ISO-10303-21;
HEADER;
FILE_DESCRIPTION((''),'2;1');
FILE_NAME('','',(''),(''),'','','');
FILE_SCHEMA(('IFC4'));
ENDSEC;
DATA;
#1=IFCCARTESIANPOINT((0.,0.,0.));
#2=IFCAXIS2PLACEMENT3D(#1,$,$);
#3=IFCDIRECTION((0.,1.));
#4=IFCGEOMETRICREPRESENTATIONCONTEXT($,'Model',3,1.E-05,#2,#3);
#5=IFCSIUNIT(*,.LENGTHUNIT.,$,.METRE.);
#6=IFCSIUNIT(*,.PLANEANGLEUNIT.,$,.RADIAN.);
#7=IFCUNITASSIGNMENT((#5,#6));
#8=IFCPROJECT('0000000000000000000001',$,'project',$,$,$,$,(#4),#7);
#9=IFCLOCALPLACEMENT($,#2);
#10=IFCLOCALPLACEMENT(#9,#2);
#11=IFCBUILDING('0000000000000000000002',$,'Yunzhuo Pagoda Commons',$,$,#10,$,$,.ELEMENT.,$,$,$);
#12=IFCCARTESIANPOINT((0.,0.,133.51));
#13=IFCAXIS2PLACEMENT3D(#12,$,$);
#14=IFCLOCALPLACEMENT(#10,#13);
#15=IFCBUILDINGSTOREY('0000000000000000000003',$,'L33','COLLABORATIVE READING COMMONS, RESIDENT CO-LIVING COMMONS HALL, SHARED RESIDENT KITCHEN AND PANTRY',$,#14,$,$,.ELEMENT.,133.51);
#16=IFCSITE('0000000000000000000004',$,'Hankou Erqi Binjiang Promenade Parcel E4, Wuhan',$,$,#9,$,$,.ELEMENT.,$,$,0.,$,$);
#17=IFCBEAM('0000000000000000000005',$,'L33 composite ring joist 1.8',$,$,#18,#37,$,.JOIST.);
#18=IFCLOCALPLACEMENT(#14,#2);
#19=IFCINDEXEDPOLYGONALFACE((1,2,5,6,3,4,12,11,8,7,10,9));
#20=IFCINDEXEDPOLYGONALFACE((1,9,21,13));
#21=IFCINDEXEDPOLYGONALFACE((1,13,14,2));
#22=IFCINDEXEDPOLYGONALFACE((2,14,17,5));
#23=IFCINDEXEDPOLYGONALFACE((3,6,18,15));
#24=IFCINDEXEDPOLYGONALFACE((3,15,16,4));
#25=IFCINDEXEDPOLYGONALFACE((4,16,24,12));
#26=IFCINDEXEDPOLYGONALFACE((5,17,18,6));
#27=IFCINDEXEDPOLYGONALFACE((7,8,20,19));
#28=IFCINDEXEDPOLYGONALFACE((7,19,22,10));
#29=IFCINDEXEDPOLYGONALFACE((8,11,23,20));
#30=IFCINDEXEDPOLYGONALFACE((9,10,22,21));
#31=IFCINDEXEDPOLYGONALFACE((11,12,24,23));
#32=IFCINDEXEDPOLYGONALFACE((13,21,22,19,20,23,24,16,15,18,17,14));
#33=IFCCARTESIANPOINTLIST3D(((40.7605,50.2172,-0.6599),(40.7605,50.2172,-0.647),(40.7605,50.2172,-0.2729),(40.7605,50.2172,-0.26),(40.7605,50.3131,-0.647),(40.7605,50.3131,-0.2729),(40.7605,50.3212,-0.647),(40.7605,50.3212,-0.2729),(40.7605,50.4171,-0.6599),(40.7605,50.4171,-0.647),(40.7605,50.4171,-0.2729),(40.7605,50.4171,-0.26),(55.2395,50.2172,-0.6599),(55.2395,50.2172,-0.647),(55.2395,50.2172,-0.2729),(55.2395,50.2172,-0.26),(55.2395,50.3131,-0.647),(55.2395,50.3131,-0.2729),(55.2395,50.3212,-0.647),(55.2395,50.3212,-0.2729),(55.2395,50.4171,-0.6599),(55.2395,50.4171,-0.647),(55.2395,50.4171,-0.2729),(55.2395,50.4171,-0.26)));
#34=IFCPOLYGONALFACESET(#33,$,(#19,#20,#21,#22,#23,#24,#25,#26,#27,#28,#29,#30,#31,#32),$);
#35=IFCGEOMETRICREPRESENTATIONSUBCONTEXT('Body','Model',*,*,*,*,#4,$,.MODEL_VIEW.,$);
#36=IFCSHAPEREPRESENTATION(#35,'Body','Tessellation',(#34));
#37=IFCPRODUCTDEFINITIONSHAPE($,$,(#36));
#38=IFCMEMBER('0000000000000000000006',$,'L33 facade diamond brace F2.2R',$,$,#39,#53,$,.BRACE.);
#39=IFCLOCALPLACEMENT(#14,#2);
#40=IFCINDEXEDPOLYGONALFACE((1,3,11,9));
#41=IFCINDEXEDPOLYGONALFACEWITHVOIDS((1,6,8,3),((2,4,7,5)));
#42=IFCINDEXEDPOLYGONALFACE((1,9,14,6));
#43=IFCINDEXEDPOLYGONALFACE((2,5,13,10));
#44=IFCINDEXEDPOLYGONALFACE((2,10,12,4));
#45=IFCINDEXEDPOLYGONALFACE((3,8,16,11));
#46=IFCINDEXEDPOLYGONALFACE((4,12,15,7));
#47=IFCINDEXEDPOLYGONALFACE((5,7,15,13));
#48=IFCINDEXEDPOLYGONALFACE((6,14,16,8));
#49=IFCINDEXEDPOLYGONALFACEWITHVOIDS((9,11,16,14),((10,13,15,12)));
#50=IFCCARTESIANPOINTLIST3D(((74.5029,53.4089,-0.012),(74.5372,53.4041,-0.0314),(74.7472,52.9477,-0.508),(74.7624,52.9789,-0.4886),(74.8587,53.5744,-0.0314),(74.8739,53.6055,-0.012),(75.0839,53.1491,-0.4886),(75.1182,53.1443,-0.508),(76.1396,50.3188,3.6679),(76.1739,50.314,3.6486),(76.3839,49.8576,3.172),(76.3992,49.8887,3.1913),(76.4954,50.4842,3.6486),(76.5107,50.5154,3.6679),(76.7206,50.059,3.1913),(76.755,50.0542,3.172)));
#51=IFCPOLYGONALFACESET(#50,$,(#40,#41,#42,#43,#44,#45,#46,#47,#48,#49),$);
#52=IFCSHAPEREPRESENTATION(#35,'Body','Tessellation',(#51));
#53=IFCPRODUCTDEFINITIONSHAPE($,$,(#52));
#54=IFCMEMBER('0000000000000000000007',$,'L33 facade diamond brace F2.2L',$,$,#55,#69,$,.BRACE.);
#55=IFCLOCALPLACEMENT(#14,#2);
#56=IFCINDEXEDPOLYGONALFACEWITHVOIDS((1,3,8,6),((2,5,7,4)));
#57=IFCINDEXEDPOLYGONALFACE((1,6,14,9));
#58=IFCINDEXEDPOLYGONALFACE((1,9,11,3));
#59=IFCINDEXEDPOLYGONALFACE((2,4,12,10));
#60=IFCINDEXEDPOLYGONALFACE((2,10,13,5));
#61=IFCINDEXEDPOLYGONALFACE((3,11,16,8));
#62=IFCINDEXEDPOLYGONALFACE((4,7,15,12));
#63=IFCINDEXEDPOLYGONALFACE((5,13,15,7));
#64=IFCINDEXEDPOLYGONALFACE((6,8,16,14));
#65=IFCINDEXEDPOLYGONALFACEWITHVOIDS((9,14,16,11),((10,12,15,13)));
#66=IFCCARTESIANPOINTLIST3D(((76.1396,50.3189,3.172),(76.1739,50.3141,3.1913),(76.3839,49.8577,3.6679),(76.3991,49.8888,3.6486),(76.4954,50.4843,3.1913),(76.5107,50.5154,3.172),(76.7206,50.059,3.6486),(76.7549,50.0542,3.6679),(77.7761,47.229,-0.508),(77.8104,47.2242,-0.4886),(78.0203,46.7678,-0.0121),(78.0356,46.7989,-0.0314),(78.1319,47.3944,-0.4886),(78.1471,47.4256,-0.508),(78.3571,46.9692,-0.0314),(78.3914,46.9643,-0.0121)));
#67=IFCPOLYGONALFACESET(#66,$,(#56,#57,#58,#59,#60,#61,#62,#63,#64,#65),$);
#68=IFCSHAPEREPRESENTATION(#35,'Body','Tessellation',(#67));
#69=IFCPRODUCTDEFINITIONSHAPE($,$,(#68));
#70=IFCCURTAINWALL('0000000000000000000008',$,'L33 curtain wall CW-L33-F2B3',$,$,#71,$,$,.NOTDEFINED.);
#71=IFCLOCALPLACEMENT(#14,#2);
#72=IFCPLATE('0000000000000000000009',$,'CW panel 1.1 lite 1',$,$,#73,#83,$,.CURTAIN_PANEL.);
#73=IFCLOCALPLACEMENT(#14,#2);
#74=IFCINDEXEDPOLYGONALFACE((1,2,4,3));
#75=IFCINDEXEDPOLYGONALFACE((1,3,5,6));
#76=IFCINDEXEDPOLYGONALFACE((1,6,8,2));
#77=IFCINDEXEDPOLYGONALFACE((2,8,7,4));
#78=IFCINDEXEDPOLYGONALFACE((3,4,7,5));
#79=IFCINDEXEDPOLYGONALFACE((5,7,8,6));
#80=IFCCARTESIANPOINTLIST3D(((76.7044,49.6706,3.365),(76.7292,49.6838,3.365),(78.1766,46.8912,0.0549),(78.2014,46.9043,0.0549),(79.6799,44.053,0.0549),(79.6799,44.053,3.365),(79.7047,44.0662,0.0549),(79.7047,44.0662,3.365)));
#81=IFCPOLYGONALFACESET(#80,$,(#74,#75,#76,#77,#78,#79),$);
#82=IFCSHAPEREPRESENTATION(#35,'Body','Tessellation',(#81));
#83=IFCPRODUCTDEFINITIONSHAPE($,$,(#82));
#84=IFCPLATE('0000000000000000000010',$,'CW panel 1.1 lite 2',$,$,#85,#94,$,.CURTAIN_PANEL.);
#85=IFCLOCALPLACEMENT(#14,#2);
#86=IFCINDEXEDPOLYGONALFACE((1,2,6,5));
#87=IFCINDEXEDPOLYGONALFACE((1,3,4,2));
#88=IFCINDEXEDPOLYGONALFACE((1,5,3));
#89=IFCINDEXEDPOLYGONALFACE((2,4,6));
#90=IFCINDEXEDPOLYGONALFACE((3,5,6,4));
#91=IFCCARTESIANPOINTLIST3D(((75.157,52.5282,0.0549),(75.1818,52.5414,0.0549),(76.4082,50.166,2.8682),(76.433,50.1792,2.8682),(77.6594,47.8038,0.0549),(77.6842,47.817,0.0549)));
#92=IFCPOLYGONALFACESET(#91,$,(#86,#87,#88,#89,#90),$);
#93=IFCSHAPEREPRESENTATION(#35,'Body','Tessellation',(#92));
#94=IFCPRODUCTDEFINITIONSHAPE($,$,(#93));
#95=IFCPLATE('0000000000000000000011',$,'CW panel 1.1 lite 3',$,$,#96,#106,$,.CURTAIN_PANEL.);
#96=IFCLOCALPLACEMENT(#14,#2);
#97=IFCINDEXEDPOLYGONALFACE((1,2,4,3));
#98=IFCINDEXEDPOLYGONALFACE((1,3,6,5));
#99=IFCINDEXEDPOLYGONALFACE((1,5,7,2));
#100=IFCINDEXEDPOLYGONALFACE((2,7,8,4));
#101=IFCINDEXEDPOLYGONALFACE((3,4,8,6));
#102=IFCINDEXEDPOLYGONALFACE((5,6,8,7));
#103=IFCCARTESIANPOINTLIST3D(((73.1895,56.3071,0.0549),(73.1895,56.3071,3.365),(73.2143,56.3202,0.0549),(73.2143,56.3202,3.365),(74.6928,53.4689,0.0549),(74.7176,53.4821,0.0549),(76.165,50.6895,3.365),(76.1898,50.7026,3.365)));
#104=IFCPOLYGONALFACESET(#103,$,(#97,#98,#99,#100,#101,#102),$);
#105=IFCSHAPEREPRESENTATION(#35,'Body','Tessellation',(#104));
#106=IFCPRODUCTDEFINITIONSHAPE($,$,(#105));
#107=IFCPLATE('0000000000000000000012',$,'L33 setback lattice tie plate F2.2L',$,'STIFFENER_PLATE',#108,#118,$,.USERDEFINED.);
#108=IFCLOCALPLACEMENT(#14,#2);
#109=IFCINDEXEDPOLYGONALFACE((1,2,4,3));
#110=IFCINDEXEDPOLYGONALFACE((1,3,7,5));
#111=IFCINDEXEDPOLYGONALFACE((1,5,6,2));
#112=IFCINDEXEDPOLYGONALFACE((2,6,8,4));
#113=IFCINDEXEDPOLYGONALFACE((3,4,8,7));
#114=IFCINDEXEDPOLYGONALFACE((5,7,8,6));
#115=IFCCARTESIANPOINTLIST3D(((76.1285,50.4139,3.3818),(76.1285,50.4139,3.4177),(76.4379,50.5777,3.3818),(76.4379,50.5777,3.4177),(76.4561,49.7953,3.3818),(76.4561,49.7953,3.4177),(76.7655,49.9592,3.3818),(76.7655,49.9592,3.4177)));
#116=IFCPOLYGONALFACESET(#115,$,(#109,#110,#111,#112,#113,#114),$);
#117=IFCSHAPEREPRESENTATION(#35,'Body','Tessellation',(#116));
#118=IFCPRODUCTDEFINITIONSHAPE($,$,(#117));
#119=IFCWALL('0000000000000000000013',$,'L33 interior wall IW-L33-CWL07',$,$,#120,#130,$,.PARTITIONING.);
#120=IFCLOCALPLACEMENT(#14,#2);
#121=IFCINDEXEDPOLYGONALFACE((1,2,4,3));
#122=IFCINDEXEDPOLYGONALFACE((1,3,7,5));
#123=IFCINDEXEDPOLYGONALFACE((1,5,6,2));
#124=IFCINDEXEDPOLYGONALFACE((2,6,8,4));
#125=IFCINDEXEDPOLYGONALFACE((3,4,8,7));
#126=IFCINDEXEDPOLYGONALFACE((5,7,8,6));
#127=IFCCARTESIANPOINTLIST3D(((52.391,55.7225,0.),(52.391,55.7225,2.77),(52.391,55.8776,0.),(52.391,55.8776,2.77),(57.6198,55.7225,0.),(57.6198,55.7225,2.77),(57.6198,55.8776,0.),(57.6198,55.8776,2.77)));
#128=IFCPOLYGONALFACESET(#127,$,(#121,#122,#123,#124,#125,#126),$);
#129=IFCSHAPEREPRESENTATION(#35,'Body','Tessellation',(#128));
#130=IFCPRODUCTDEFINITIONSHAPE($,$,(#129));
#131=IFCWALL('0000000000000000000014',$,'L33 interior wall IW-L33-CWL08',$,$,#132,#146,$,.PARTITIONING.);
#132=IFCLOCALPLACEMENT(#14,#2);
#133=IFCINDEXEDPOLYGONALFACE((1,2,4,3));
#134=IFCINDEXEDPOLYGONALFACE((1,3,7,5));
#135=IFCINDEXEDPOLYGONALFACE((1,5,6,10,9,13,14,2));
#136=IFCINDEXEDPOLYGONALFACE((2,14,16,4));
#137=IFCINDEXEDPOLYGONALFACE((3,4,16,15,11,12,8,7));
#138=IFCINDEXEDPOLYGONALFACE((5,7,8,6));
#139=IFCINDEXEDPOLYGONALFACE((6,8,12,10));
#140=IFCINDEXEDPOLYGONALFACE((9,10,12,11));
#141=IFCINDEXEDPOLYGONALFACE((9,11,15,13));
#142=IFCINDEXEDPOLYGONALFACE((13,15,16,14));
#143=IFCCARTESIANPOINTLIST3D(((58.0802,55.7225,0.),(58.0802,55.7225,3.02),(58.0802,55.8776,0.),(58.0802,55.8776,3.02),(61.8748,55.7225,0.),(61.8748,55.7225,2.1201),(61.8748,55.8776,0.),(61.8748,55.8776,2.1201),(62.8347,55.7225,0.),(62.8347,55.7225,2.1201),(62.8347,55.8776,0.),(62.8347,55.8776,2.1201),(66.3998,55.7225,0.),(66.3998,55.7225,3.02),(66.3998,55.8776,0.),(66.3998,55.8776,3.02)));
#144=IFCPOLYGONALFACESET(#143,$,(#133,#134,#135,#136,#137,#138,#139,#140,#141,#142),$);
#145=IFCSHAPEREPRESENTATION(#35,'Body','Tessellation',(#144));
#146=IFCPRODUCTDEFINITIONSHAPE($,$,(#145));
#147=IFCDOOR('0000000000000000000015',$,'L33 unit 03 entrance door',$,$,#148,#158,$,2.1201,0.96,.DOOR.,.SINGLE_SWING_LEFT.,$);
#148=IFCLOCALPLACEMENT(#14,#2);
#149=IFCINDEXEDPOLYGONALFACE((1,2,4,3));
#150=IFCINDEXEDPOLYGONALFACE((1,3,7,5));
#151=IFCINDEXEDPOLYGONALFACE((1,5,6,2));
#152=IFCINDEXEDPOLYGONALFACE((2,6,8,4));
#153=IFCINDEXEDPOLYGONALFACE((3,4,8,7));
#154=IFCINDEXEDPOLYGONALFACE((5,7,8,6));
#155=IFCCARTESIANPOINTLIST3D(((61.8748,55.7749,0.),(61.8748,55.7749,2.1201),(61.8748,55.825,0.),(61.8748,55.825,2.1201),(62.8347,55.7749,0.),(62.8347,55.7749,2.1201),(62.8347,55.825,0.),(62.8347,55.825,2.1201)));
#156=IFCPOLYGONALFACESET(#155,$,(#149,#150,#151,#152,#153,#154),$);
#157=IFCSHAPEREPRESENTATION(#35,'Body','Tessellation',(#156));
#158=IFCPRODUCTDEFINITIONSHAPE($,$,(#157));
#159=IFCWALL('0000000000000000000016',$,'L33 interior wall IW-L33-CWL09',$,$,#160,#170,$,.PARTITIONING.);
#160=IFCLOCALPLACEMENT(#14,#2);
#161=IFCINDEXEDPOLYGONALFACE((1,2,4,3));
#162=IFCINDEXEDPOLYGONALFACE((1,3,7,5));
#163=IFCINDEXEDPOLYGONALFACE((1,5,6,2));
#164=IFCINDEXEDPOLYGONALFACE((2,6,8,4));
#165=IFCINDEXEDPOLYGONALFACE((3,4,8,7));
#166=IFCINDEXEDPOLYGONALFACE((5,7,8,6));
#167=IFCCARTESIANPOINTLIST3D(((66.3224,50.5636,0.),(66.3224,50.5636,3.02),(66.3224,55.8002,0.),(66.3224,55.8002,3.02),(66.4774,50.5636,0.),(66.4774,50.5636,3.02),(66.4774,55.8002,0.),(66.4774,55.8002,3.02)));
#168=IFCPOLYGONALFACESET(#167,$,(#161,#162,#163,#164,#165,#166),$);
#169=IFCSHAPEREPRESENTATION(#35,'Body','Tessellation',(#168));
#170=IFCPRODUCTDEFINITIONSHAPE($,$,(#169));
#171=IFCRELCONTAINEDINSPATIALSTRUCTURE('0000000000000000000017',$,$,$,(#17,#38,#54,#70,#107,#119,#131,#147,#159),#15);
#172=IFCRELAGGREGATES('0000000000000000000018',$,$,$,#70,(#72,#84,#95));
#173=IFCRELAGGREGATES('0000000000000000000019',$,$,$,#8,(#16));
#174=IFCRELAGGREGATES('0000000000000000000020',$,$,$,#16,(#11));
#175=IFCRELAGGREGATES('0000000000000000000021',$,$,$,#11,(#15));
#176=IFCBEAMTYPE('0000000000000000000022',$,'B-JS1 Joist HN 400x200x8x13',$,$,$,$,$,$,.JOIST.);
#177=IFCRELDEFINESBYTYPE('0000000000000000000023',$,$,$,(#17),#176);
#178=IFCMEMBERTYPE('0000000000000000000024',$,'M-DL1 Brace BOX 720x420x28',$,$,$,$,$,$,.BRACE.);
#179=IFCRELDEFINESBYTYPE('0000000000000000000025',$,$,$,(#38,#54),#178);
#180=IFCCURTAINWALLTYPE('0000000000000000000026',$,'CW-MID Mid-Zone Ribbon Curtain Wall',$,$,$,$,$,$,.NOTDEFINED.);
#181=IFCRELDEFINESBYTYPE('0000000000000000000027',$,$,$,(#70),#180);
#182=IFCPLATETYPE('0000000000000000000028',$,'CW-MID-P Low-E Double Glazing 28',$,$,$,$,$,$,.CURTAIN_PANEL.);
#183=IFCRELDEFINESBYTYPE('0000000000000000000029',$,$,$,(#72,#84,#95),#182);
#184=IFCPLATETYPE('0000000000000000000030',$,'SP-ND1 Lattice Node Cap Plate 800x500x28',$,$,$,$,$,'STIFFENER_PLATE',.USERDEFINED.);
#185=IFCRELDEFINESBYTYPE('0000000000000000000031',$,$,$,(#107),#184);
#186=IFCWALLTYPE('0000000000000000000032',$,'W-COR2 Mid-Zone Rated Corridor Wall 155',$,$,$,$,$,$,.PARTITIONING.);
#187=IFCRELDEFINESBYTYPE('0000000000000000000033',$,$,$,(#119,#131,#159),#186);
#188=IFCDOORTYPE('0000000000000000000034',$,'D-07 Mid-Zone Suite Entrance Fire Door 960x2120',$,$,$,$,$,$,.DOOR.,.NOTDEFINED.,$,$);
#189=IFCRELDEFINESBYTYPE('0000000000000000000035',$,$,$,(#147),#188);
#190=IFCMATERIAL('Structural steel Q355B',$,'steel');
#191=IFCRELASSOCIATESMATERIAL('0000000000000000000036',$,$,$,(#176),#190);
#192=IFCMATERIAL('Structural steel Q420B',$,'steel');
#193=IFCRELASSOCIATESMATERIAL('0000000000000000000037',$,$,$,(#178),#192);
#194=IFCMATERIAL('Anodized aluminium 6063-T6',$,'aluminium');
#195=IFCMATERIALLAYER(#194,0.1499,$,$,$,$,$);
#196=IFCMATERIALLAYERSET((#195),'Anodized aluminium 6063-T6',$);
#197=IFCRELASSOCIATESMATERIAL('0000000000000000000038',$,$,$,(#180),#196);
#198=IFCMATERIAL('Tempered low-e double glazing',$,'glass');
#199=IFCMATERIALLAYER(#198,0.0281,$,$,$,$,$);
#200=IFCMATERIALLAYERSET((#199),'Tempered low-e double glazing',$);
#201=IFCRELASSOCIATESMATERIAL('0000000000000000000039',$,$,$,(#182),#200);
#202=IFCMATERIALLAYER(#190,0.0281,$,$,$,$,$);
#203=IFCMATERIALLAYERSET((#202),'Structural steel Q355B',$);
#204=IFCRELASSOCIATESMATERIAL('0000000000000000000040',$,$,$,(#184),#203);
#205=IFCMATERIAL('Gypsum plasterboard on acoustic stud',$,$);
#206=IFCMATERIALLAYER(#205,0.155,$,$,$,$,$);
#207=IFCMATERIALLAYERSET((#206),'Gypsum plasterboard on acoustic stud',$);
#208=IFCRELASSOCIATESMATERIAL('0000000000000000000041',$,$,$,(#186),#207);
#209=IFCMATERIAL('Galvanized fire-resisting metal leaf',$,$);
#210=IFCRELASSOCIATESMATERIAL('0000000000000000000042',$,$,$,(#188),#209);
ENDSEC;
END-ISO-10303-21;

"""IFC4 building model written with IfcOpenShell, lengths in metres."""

from ifc_helpers import new_model, si_unit, direction, frame, frame_2d, origin, origin_with_axes, origin_2d, place, context, subcontext, project, spatial, polyline, rectangle, hollow_rectangle, i_section, outline, extrude, source, transform, mapped, material, layer, layer_set, material_profile, profile_set, type_object, element, fill, aggregate, save


model = new_model("IFC4")

# Units and contexts
model_context = context("Model", 3, precision=1e-05, world=origin(), true_north=direction((0.0, 1.0)))
body_context = subcontext(model_context, "Body", "Model", "MODEL_VIEW")
ifc_project = project(units=[si_unit("LENGTHUNIT", "METRE"), si_unit("PLANEANGLEUNIT", "RADIAN")], contexts=[model_context])

# Site, building, storey
site_placement = place(None, origin())
site = spatial("IfcSite", under=ifc_project, at=site_placement, Name="Hankou Erqi Binjiang Promenade Parcel E4, Wuhan", CompositionType="ELEMENT", RefElevation=0.0)
building_placement = place(site_placement, origin())
building = spatial("IfcBuilding", under=site, at=building_placement, Name="Yunzhuo Pagoda Commons", CompositionType="ELEMENT")
storey_placement = place(building_placement, frame((0.0, 0.0, 133.51)))
storey = spatial("IfcBuildingStorey", under=building, at=storey_placement, Name="L33", Description="COLLABORATIVE READING COMMONS, RESIDENT CO-LIVING COMMONS HALL, SHARED RESIDENT KITCHEN AND PANTRY", CompositionType="ELEMENT", Elevation=133.51)

# Shared definitions
ifc_material_1 = material(Name="Structural steel Q420B", Category="steel")

# Beam
ifc_material_2 = material(Name="Structural steel Q355B", Category="steel")
ifc_material_profile_1 = material_profile(ifc_material_2, i_section(OverallWidth=0.2, OverallDepth=0.3999, WebThickness=0.0081, FlangeThickness=0.0129, at=origin_2d()), Name="Structural steel Q355B")
ifc_profile_set_1 = profile_set([ifc_material_profile_1], Name="Structural steel Q355B")
beam_type_1 = type_object("IfcBeamType", Name="B-JS1 Joist HN 400x200x8x13", PredefinedType="JOIST", material=ifc_profile_set_1)
shared_shape_1 = source(origin(), body_context, "Body", "SweptSolid", [
    extrude(i_section(OverallWidth=0.2, OverallDepth=0.3999, WebThickness=0.0081, FlangeThickness=0.0129, at=origin_2d()), origin(), (0.0, 0.0, 1.0), 14.479),
])
beam_1_placement = place(storey_placement, frame((55.2395, 50.3171, -0.46), z_axis=(-1.0, 0.0, 0.0), x_axis=(0.0, -1.0, 0.0)))
element("IfcBeam", 1, at=beam_1_placement, inside=storey, type_object=beam_type_1, Name="L33 composite ring joist 1.8", PredefinedType="JOIST", context=body_context, shape_type="MappedRepresentation", body=[
    mapped(shared_shape_1, transform((0.0, 0.0, 0.0), scale=1.0)),
])

# Members
ifc_material_profile_2 = material_profile(ifc_material_1, hollow_rectangle(XDim=0.4199, YDim=0.72, WallThickness=0.0281, at=origin_2d()), Name="Structural steel Q420B")
ifc_profile_set_2 = profile_set([ifc_material_profile_2], Name="Structural steel Q420B")
member_type = type_object("IfcMemberType", Name="M-DL1 Brace BOX 720x420x28", PredefinedType="BRACE", material=ifc_profile_set_2)
shared_shape_2 = source(origin(), body_context, "Body", "SweptSolid", [
    extrude(hollow_rectangle(XDim=0.4199, YDim=0.72, WallThickness=0.0281, at=origin_2d()), origin(), (0.0, 0.0, 1.0), 5.0764),
])
member_1_placement = place(storey_placement, frame((74.8105, 53.2766, -0.26), z_axis=(0.32242, -0.608722, 0.724916), x_axis=(0.883694, 0.468064, 0.0)))
element("IfcMember", 2, at=member_1_placement, inside=storey, type_object=member_type, Name="L33 facade diamond brace F2.2R", PredefinedType="BRACE", context=body_context, shape_type="MappedRepresentation", body=[
    mapped(shared_shape_2, transform((0.0, 0.0, 0.0), scale=1.0)),
])
shared_shape_3 = source(origin(), body_context, "Body", "SweptSolid", [
    extrude(hollow_rectangle(XDim=0.4199, YDim=0.72, WallThickness=0.0281, at=origin_2d()), origin(), (0.0, 0.0, 1.0), 5.0762),
])
member_2_placement = place(storey_placement, frame((78.0837, 47.0967, -0.26), z_axis=(-0.322386, 0.608701, 0.724948), x_axis=(-0.883708, -0.468038, 0.0)))
element("IfcMember", 3, at=member_2_placement, inside=storey, type_object=member_type, Name="L33 facade diamond brace F2.2L", PredefinedType="BRACE", context=body_context, shape_type="MappedRepresentation", body=[
    mapped(shared_shape_3, transform((0.0, 0.0, 0.0), scale=1.0)),
])

# Curtain wall, plates
ifc_material_3 = material(Name="Anodized aluminium 6063-T6", Category="aluminium")
ifc_layer_1 = layer(ifc_material_3, 0.1499)
ifc_layer_set_1 = layer_set([ifc_layer_1], Name="Anodized aluminium 6063-T6")
curtain_wall_type = type_object("IfcCurtainWallType", Name="CW-MID Mid-Zone Ribbon Curtain Wall", PredefinedType="NOTDEFINED", material=ifc_layer_set_1)
curtain_wall_placement = place(storey_placement, origin())
curtain_wall = element("IfcCurtainWall", 4, at=curtain_wall_placement, inside=storey, type_object=curtain_wall_type, Name="L33 curtain wall CW-L33-F2B3", PredefinedType="NOTDEFINED")
ifc_material_4 = material(Name="Tempered low-e double glazing", Category="glass")
ifc_layer_2 = layer(ifc_material_4, 0.0281)
ifc_layer_set_2 = layer_set([ifc_layer_2], Name="Tempered low-e double glazing")
plate_type_1 = type_object("IfcPlateType", Name="CW-MID-P Low-E Double Glazing 28", PredefinedType="CURTAIN_PANEL", material=ifc_layer_set_2)
plate_1_placement = place(storey_placement, frame((78.1921, 46.8618, 1.71), z_axis=(0.883694, 0.468065, 0.0), x_axis=(-0.468065, 0.883694, 0.0)))
plate_1 = element("IfcPlate", 5, at=plate_1_placement, type_object=plate_type_1, Name="CW panel 1.1 lite 1", PredefinedType="CURTAIN_PANEL", context=body_context, shape_type="SweptSolid", body=[
    extrude(outline(polyline([(-3.1785, -1.655), (0.0332, -1.655), (3.1785, 1.655), (-3.1785, 1.655), (-3.1785, -1.655)])), origin(), (0.0, 0.0, 1.0), 0.0281),
])
plate_2_placement = place(storey_placement, frame((76.4082, 50.166, 1.4617), z_axis=(0.883694, 0.468065, 0.0), x_axis=(-0.468065, 0.883694, 0.0)))
plate_2 = element("IfcPlate", 6, at=plate_2_placement, type_object=plate_type_1, Name="CW panel 1.1 lite 2", PredefinedType="CURTAIN_PANEL", context=body_context, shape_type="SweptSolid", body=[
    extrude(outline(polyline([(-2.6731, -1.4067), (2.6731, -1.4067), (0.0, 1.4065), (-2.6731, -1.4067)])), origin(), (0.0, 0.0, 1.0), 0.0281),
])
plate_3_placement = place(storey_placement, frame((74.6772, 53.4983, 1.71), z_axis=(0.883694, 0.468065, 0.0), x_axis=(-0.468065, 0.883694, 0.0)))
plate_3 = element("IfcPlate", 7, at=plate_3_placement, type_object=plate_type_1, Name="CW panel 1.1 lite 3", PredefinedType="CURTAIN_PANEL", context=body_context, shape_type="SweptSolid", body=[
    extrude(outline(polyline([(-3.1785, 1.655), (-0.0332, -1.655), (3.1785, -1.655), (3.1785, 1.655), (-3.1785, 1.655)])), origin(), (0.0, 0.0, 1.0), 0.0281),
])
aggregate(curtain_wall, [plate_1, plate_2, plate_3])

# Plate
ifc_layer_3 = layer(ifc_material_2, 0.0281)
ifc_layer_set_3 = layer_set([ifc_layer_3], Name="Structural steel Q355B")
plate_type_2 = type_object("IfcPlateType", Name="SP-ND1 Lattice Node Cap Plate 800x500x28", ElementType="STIFFENER_PLATE", PredefinedType="USERDEFINED", material=ifc_layer_set_3)
shared_shape_4 = source(origin(), body_context, "Body", "SweptSolid", [
    extrude(rectangle(XDim=0.7, YDim=0.3501, at=origin_2d()), origin(), (0.0, 0.0, 1.0), 0.0359),
])
plate_4_placement = place(storey_placement, frame((76.447, 50.1865, 3.3818), z_axis=(0.0, 0.0, 1.0), x_axis=(-0.468069, 0.883692, 0.0)))
element("IfcPlate", 8, at=plate_4_placement, inside=storey, type_object=plate_type_2, Name="L33 setback lattice tie plate F2.2L", ObjectType="STIFFENER_PLATE", PredefinedType="USERDEFINED", context=body_context, shape_type="MappedRepresentation", body=[
    mapped(shared_shape_4, transform((0.0, 0.0, 0.0), scale=1.0)),
])

# Wall
ifc_material_5 = material(Name="Gypsum plasterboard on acoustic stud")
ifc_layer_4 = layer(ifc_material_5, 0.155)
ifc_layer_set_4 = layer_set([ifc_layer_4], Name="Gypsum plasterboard on acoustic stud")
wall_type_1 = type_object("IfcWallType", Name="W-COR2 Mid-Zone Rated Corridor Wall 155", PredefinedType="PARTITIONING", material=ifc_layer_set_4)
wall_1_placement = place(storey_placement, frame((52.3911, 55.8, 0.0), z_axis=(0.0, 0.0, 1.0), x_axis=(1.0, 0.0, 0.0)))
element("IfcWall", 9, at=wall_1_placement, inside=storey, type_object=wall_type_1, Name="L33 interior wall IW-L33-CWL07", PredefinedType="PARTITIONING", context=body_context, shape_type="SweptSolid", body=[
    extrude(rectangle(XDim=5.2288, YDim=0.155, at=frame_2d((2.6143, 0.0))), origin(), (0.0, 0.0, 1.0), 2.77),
])

# Wall, opening, door
wall_2_placement = place(storey_placement, frame((58.0803, 55.8, 0.0), z_axis=(0.0, 0.0, 1.0), x_axis=(1.0, 0.0, 0.0)))
wall_2 = element("IfcWall", 10, at=wall_2_placement, inside=storey, type_object=wall_type_1, Name="L33 interior wall IW-L33-CWL08", PredefinedType="PARTITIONING", context=body_context, shape_type="SweptSolid", body=[
    extrude(rectangle(XDim=8.3196, YDim=0.155, at=frame_2d((4.1597, 0.0))), origin(), (0.0, 0.0, 1.0), 3.02),
])
opening_1_placement = place(wall_2_placement, frame((3.7944, 0.0, 0.0)))
opening_1 = element("IfcOpeningElement", 11, at=opening_1_placement, cuts=wall_2, PredefinedType="OPENING", context=body_context, shape_type="SweptSolid", body=[
    extrude(rectangle(XDim=0.96, YDim=2.1201, at=frame_2d((0.48, 1.0601))), frame((0.0, 0.0874, 0.0), z_axis=(0.0, -1.0, 0.0), x_axis=(1.0, 0.0, 0.0)), (0.0, 0.0, 1.0), 0.175),
])
ifc_material_6 = material(Name="Galvanized fire-resisting metal leaf")
door_type = type_object("IfcDoorType", Name="D-07 Mid-Zone Suite Entrance Fire Door 960x2120", OperationType="NOTDEFINED", PredefinedType="DOOR", material=ifc_material_6)
shared_shape_5 = source(origin(), body_context, "Body", "SweptSolid", [
    extrude(rectangle(XDim=0.96, YDim=2.1201, at=frame_2d((0.48, 1.0601))), frame((0.0, 0.0249, 0.0), z_axis=(0.0, -1.0, 0.0), x_axis=(1.0, 0.0, 0.0)), (0.0, 0.0, 1.0), 0.05),
])
door_1_placement = place(opening_1_placement, origin_with_axes())
door_1 = element("IfcDoor", 12, at=door_1_placement, inside=storey, type_object=door_type, Name="L33 unit 03 entrance door", OperationType="SINGLE_SWING_LEFT", OverallHeight=2.1201, OverallWidth=0.96, PredefinedType="DOOR", context=body_context, shape_type="MappedRepresentation", body=[
    mapped(shared_shape_5, transform((0.0, 0.0, 0.0), scale=1.0)),
])
fill(opening_1, door_1)

# Wall
wall_3_placement = place(storey_placement, frame((66.3999, 55.8, 0.0), z_axis=(0.0, 0.0, 1.0), x_axis=(0.0, -1.0, 0.0)))
element("IfcWall", 13, at=wall_3_placement, inside=storey, type_object=wall_type_1, Name="L33 interior wall IW-L33-CWL09", PredefinedType="PARTITIONING", context=body_context, shape_type="SweptSolid", body=[
    extrude(rectangle(XDim=5.2366, YDim=0.155, at=frame_2d((2.6182, 0.0))), origin(), (0.0, 0.0, 1.0), 3.02),
])

save(model, "model.ifc")
